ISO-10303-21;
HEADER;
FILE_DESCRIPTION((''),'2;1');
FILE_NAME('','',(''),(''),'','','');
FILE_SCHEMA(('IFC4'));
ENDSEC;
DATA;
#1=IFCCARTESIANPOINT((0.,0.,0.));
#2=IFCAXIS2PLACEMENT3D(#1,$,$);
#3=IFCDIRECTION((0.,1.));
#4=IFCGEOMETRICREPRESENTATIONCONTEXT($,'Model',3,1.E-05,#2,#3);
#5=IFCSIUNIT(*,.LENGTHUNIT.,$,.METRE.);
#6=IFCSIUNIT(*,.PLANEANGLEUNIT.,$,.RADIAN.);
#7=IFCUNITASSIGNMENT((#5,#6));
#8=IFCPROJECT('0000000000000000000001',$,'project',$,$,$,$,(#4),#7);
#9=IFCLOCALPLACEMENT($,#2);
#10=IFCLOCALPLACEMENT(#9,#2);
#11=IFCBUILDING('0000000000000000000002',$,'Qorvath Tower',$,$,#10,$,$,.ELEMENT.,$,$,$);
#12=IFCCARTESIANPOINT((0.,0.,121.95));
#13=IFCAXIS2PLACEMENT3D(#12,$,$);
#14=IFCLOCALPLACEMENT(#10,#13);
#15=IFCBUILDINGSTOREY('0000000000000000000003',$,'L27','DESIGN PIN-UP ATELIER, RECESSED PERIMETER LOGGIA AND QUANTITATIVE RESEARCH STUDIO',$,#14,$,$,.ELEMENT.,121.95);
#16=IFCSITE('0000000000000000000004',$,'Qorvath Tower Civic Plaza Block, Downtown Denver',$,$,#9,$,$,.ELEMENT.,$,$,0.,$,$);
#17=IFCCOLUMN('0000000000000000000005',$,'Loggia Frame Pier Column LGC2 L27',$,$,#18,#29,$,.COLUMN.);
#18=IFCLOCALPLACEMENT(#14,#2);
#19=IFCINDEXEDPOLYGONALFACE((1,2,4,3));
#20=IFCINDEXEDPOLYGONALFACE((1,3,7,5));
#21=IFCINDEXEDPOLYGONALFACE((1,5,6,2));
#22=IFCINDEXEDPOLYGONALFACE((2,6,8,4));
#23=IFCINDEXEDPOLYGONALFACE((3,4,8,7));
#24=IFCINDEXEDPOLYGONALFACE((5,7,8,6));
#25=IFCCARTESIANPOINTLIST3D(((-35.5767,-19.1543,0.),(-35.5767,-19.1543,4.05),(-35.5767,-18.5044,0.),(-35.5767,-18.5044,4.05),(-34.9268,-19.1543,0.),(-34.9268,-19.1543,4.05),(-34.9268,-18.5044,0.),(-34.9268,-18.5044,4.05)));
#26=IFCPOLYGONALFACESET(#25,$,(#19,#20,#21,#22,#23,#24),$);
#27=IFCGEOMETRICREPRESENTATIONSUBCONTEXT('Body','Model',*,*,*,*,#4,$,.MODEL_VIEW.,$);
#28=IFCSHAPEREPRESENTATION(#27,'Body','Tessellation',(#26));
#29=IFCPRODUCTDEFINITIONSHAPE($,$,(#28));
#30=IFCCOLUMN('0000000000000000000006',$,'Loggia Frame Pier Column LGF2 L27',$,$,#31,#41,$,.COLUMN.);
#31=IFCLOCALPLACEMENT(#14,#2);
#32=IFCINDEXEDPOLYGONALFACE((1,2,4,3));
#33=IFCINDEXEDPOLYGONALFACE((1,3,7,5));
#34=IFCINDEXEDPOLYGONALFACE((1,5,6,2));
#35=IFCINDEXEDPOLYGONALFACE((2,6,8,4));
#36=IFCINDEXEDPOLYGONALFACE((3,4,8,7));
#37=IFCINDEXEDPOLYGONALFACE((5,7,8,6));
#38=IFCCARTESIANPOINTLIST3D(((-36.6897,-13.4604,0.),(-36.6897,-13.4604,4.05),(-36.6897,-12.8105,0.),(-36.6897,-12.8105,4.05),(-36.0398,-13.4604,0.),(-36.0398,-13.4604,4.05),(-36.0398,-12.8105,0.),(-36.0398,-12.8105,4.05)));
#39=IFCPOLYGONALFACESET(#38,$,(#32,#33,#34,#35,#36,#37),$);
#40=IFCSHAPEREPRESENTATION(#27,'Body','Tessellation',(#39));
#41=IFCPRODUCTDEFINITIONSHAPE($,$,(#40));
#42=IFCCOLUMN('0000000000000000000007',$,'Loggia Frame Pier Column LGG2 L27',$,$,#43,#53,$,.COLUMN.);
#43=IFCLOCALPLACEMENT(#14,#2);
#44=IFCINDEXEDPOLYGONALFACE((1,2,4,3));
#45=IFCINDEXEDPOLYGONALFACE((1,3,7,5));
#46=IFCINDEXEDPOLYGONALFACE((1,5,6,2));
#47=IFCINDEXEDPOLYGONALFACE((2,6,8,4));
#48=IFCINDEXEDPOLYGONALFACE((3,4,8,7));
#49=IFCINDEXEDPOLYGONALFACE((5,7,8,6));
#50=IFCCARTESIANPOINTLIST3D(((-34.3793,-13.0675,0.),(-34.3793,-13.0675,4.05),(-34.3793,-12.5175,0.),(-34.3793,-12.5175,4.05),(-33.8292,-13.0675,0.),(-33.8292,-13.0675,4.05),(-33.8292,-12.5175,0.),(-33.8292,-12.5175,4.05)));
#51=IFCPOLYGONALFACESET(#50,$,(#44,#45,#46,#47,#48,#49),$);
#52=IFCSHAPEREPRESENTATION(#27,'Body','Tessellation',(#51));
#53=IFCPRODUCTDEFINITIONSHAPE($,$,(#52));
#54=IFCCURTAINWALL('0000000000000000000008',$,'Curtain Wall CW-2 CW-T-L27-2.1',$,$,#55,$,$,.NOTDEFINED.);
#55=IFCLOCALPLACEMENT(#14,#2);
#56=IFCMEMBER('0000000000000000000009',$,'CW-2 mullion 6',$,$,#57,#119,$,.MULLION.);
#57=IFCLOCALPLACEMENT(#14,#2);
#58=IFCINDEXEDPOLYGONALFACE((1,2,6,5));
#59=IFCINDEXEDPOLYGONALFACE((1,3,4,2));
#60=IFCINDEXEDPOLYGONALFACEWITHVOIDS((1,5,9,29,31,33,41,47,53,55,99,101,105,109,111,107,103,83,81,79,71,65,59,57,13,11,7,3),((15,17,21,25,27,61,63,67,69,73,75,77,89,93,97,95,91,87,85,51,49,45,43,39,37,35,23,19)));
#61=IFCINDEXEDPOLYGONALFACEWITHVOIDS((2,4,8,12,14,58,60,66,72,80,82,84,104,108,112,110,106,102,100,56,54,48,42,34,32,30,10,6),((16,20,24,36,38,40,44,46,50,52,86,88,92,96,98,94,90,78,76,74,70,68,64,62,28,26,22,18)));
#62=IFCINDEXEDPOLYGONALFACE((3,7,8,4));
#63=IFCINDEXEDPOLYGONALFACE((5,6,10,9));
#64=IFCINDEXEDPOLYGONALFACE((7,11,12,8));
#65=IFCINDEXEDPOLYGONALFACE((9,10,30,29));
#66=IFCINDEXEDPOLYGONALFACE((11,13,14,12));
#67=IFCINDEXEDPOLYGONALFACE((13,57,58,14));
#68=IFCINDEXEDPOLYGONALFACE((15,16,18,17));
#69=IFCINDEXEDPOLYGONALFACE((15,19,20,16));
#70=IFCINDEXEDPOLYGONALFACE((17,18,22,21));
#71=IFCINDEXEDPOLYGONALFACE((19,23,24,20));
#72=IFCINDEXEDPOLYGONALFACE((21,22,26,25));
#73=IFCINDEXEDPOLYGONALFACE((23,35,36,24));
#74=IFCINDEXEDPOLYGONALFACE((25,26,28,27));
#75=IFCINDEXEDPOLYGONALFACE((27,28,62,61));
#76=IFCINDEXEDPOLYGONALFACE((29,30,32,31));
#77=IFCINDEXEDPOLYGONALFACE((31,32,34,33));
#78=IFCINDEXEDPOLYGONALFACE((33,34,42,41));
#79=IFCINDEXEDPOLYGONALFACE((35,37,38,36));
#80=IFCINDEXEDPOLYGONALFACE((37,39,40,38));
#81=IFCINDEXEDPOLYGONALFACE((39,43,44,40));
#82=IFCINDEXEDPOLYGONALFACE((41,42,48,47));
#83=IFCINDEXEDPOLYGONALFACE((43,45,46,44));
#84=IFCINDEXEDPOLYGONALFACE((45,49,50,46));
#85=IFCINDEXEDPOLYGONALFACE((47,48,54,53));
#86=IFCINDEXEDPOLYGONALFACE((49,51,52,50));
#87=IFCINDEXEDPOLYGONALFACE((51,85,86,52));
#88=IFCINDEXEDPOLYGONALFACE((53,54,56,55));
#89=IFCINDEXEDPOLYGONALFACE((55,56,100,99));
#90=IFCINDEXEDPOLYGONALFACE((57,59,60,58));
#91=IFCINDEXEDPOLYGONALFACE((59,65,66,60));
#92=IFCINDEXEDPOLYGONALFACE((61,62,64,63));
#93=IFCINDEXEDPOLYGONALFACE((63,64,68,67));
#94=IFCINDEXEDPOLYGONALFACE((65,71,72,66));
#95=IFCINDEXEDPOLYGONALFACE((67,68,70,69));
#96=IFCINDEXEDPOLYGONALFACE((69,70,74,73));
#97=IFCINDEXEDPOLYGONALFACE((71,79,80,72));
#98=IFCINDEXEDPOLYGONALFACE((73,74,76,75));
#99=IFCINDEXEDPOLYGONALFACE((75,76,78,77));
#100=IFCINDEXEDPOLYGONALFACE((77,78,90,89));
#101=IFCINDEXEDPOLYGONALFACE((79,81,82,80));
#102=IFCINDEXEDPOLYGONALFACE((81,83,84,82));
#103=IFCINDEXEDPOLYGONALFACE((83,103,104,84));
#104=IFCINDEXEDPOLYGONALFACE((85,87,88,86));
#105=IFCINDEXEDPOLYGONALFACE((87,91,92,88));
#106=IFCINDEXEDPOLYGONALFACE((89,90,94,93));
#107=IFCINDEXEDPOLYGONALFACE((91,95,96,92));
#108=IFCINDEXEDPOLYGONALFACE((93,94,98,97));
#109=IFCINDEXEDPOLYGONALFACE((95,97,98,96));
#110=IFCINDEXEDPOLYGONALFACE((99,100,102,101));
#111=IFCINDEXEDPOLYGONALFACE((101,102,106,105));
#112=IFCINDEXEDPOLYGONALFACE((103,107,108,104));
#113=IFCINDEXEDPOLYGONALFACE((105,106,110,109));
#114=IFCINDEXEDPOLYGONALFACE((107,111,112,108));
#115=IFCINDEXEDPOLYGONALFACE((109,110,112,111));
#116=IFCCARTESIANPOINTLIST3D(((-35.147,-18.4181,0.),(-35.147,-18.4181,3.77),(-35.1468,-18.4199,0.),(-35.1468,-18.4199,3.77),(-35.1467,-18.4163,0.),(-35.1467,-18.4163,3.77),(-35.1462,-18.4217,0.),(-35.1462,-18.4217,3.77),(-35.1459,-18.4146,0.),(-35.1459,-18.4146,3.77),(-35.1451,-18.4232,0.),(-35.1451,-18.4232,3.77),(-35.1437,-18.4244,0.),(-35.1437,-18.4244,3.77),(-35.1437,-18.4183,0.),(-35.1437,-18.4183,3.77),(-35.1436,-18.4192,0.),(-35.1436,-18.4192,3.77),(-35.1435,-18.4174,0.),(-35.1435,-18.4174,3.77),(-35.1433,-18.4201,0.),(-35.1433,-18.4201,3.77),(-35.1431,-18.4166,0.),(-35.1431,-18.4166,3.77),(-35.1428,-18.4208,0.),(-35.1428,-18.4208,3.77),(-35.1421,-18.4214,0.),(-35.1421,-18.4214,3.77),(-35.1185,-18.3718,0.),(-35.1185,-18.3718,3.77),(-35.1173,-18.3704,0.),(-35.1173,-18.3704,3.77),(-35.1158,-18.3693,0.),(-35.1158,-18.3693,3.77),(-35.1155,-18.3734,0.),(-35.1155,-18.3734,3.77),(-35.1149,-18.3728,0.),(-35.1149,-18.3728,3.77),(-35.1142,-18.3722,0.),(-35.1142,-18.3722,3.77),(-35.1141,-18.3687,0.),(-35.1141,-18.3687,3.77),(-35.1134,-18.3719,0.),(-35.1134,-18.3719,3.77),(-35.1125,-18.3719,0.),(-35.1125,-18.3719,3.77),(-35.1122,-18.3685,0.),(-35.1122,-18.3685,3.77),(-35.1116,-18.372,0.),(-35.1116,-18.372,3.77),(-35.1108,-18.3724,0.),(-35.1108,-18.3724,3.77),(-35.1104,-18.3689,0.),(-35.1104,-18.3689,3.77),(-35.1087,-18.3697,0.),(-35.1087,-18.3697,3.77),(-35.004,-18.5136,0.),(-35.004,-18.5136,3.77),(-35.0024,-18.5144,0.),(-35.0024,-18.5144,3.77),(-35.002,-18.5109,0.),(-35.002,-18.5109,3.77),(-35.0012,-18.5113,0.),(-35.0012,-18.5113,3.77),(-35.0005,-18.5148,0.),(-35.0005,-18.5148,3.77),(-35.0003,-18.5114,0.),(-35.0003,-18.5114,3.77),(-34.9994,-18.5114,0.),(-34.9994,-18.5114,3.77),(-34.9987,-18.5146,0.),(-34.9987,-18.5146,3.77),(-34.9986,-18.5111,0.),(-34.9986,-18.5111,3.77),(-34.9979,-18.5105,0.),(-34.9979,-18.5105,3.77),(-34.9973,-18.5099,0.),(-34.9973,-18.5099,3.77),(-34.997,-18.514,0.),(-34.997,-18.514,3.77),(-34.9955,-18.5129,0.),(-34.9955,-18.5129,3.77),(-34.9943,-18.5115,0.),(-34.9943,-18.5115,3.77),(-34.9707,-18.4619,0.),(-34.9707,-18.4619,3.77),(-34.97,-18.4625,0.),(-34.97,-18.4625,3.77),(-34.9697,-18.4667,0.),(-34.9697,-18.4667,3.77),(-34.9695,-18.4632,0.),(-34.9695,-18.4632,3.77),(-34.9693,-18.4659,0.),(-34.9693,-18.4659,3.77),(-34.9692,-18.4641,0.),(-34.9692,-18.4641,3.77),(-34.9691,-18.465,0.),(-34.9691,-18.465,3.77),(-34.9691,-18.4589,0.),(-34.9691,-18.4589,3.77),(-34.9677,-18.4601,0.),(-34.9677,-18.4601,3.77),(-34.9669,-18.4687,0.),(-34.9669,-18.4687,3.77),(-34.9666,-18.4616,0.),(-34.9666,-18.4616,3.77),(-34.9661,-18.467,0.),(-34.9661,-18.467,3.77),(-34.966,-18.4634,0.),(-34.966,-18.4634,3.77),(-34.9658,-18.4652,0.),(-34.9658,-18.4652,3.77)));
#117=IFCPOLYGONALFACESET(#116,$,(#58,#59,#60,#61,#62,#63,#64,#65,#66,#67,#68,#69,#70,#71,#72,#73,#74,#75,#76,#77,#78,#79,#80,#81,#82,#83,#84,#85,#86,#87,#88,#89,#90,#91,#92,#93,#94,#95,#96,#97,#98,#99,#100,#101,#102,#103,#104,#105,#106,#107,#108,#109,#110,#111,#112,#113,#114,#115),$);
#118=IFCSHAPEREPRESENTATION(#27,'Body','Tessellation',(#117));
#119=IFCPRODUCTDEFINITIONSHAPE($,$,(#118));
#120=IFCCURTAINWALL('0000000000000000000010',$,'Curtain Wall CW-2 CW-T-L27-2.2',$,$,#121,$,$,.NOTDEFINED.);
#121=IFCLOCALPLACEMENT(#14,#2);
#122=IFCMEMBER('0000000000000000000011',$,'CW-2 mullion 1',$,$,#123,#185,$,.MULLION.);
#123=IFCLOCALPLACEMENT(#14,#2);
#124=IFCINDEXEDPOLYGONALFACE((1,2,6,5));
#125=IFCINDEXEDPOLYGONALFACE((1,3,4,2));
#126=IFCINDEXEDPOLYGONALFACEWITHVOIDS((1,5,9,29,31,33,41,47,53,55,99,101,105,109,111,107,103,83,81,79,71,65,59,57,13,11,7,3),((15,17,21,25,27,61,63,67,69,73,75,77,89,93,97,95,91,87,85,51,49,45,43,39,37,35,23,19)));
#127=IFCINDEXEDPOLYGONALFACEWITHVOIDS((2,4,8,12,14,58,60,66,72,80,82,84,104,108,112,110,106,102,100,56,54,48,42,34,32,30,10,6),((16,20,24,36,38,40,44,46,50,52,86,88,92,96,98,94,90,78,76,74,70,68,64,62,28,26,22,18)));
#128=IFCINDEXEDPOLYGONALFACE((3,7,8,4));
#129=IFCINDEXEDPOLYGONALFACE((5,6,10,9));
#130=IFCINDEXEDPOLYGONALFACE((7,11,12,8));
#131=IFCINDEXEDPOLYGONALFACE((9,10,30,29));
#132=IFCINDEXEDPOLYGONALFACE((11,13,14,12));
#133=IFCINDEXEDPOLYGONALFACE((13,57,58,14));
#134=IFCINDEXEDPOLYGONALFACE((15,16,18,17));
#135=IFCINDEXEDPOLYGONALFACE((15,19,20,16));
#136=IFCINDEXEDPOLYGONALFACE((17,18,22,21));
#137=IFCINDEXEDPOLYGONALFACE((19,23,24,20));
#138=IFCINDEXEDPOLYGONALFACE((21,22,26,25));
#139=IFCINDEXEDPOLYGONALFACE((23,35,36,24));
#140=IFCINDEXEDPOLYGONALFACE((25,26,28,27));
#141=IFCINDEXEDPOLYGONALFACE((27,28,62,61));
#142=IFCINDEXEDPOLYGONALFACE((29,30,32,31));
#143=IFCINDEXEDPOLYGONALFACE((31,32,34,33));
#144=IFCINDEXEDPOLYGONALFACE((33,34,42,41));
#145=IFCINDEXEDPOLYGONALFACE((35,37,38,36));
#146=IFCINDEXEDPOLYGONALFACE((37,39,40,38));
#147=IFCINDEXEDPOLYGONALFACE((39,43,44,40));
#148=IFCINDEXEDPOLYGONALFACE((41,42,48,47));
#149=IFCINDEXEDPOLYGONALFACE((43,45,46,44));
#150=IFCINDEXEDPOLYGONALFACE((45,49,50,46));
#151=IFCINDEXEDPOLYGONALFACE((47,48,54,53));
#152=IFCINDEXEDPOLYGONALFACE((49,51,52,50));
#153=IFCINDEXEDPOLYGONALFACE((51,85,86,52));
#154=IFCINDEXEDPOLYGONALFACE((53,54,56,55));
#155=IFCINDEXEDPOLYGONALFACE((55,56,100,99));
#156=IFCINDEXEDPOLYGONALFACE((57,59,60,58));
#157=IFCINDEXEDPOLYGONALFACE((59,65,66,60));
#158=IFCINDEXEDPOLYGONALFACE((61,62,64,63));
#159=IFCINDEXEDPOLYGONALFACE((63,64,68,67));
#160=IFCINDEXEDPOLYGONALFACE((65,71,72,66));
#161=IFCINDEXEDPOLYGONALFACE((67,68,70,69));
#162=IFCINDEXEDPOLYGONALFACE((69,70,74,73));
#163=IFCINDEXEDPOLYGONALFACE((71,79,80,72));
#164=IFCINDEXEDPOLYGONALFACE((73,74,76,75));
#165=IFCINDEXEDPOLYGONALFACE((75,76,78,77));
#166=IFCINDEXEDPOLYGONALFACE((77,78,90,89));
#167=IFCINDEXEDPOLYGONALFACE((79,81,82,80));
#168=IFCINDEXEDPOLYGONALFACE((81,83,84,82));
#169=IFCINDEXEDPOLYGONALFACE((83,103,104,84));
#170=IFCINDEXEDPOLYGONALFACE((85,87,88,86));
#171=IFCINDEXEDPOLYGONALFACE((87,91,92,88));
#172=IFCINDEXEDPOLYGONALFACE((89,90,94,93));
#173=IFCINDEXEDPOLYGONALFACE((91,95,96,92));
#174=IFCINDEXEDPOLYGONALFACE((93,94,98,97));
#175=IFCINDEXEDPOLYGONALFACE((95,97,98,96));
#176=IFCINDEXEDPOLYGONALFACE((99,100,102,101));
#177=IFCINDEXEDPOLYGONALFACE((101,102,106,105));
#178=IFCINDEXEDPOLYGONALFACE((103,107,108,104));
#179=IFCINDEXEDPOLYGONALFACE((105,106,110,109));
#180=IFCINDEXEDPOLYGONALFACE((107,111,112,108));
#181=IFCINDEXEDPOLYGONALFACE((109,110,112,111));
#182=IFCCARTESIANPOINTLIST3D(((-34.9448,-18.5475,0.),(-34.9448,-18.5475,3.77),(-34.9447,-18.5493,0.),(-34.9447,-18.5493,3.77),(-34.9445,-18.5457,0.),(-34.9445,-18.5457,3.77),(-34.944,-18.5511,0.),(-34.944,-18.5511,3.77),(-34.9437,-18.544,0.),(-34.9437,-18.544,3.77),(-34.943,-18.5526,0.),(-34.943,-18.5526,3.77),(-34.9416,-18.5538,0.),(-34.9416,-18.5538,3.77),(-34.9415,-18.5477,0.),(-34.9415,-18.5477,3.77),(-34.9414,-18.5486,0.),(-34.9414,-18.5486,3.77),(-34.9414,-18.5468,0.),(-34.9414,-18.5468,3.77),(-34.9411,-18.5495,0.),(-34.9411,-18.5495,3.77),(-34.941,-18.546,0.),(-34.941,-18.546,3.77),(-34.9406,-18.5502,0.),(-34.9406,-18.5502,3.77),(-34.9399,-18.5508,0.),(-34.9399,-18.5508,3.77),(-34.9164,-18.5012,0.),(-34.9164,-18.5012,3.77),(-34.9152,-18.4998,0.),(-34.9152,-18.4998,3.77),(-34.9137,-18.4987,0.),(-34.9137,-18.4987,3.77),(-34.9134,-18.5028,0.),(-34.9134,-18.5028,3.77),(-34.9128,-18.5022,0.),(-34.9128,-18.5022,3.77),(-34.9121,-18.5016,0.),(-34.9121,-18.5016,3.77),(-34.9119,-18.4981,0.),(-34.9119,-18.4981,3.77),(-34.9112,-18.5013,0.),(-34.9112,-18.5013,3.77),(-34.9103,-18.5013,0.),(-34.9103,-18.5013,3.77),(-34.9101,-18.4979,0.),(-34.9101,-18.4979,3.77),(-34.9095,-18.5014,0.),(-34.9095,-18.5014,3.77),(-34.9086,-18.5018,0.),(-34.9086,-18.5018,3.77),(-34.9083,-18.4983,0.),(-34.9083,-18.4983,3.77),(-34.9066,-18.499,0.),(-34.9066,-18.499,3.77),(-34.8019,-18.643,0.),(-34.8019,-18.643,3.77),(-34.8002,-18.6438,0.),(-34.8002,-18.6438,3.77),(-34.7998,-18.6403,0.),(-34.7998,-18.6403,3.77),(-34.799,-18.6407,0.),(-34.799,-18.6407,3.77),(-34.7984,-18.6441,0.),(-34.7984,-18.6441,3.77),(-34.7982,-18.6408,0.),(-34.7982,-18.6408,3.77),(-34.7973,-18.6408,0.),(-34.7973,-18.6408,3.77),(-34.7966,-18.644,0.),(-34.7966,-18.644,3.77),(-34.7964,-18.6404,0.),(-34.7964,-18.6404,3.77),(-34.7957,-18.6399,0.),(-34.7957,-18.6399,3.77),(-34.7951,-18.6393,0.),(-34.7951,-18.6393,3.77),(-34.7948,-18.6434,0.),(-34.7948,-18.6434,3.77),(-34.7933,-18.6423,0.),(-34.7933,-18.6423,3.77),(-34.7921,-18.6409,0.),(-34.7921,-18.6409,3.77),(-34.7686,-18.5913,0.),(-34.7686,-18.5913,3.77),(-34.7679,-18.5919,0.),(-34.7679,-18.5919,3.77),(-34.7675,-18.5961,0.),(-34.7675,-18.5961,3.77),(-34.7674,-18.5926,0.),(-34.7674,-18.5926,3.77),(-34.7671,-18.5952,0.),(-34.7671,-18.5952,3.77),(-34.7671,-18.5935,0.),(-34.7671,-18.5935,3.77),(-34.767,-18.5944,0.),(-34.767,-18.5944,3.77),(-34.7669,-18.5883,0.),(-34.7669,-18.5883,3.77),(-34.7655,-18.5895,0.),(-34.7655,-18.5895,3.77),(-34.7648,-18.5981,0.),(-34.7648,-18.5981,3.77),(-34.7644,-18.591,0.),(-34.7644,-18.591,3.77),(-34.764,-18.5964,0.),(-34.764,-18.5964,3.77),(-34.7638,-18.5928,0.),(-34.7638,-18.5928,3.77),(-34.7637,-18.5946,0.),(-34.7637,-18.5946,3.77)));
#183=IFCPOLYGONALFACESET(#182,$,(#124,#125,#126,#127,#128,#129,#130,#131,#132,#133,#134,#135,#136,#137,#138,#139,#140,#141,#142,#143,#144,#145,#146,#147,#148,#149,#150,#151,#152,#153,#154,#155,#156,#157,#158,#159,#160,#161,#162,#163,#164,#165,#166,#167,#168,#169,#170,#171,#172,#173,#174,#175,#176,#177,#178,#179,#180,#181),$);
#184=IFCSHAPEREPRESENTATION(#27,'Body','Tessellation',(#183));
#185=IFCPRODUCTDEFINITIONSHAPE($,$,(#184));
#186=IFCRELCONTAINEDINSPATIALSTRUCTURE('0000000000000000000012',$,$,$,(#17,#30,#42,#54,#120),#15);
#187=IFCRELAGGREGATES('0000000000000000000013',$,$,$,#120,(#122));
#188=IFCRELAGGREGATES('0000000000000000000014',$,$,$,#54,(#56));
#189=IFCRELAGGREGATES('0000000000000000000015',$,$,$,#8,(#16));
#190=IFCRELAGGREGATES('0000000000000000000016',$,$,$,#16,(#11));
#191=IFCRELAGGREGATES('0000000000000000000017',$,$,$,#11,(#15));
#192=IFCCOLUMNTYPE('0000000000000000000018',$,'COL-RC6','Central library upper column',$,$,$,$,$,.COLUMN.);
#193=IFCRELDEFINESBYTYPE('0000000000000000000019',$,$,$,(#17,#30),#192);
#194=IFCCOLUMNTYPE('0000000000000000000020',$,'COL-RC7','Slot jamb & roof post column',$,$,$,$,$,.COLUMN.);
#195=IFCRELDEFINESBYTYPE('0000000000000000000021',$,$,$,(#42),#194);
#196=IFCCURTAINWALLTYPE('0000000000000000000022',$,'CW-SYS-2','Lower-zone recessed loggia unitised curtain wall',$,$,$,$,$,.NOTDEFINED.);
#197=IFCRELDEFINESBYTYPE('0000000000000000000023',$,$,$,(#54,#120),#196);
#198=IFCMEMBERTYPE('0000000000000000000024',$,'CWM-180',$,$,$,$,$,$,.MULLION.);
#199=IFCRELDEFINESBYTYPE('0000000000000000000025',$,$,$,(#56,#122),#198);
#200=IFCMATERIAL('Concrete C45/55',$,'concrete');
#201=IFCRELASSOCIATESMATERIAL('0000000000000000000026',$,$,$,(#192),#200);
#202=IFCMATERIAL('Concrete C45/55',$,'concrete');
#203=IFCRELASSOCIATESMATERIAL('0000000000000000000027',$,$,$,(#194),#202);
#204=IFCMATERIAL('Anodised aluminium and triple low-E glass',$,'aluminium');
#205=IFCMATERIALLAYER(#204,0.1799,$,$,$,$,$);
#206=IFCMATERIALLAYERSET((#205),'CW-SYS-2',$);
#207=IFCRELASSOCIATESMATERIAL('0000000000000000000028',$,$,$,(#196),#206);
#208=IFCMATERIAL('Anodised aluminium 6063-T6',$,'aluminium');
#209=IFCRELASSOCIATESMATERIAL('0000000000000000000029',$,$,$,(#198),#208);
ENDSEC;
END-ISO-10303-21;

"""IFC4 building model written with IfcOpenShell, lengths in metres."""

from ifc_helpers import new_model, si_unit, direction, frame, origin, origin_2d, place, context, subcontext, project, spatial, rectangle, hollow_rectangle, extrude, material, layer, layer_set, material_profile, profile_set, type_object, element, aggregate, save


model = new_model("IFC4")

# Units and contexts
model_context = context("Model", 3, precision=1e-05, world=origin(), true_north=direction((0.0, 1.0)))
body_context = subcontext(model_context, "Body", "Model", "MODEL_VIEW")
ifc_project = project(units=[si_unit("LENGTHUNIT", "METRE"), si_unit("PLANEANGLEUNIT", "RADIAN")], contexts=[model_context])

# Site, building, storey
site_placement = place(None, origin())
site = spatial("IfcSite", under=ifc_project, at=site_placement, Name="Qorvath Tower Civic Plaza Block, Downtown Denver", CompositionType="ELEMENT", RefElevation=0.0)
building_placement = place(site_placement, origin())
building = spatial("IfcBuilding", under=site, at=building_placement, Name="Qorvath Tower", CompositionType="ELEMENT")
storey_placement = place(building_placement, frame((0.0, 0.0, 121.95)))
storey = spatial("IfcBuildingStorey", under=building, at=storey_placement, Name="L27", Description="DESIGN PIN-UP ATELIER, RECESSED PERIMETER LOGGIA AND QUANTITATIVE RESEARCH STUDIO", CompositionType="ELEMENT", Elevation=121.95)

# Columns
ifc_material_1 = material(Name="Concrete C45/55", Category="concrete")
ifc_material_profile_1 = material_profile(ifc_material_1, rectangle(XDim=0.6499, YDim=0.6499, at=origin_2d()), Name="RC 650x650")
ifc_profile_set_1 = profile_set([ifc_material_profile_1], Name="Concrete C45/55")
column_type_1 = type_object("IfcColumnType", Name="COL-RC6", Description="Central library upper column", PredefinedType="COLUMN", material=ifc_profile_set_1)
for number, where, z_axis, x_axis, name in (
    (1, (-35.2517, -18.8293, 0.0), (0.0, 0.0, 1.0), (1.0, 0.0, 0.0), "Loggia Frame Pier Column LGC2 L27"),
    (2, (-36.3647, -13.1355, 0.0), (0.0, 0.0, 1.0), (1.0, 0.0, 0.0), "Loggia Frame Pier Column LGF2 L27"),
):
    element("IfcColumn", number, at=place(storey_placement, frame(where, z_axis=z_axis, x_axis=x_axis)), inside=storey, type_object=column_type_1, Name=name, PredefinedType="COLUMN", context=body_context, shape_type="SweptSolid", body=[
        extrude(rectangle(XDim=0.6499, YDim=0.6499, at=origin_2d()), origin(), (0.0, 0.0, 1.0), 4.05),
    ])
ifc_material_2 = material(Name="Concrete C45/55", Category="concrete")
ifc_material_profile_2 = material_profile(ifc_material_2, rectangle(XDim=0.55, YDim=0.55, at=origin_2d()), Name="RC 550x550")
ifc_profile_set_2 = profile_set([ifc_material_profile_2], Name="Concrete C45/55")
column_type_2 = type_object("IfcColumnType", Name="COL-RC7", Description="Slot jamb & roof post column", PredefinedType="COLUMN", material=ifc_profile_set_2)
column_placement = place(storey_placement, frame((-34.1042, -12.7925, 0.0), z_axis=(0.0, 0.0, 1.0), x_axis=(1.0, 0.0, 0.0)))
element("IfcColumn", 3, at=column_placement, inside=storey, type_object=column_type_2, Name="Loggia Frame Pier Column LGG2 L27", PredefinedType="COLUMN", context=body_context, shape_type="SweptSolid", body=[
    extrude(rectangle(XDim=0.55, YDim=0.55, at=origin_2d()), origin(), (0.0, 0.0, 1.0), 4.05),
])

# Curtain walls, members
ifc_material_3 = material(Name="Anodised aluminium and triple low-E glass", Category="aluminium")
ifc_layer_1 = layer(ifc_material_3, 0.1799)
ifc_layer_set_1 = layer_set([ifc_layer_1], Name="CW-SYS-2")
curtain_wall_type = type_object("IfcCurtainWallType", Name="CW-SYS-2", Description="Lower-zone recessed loggia unitised curtain wall", PredefinedType="NOTDEFINED", material=ifc_layer_set_1)
curtain_wall_1_placement = place(storey_placement, origin())
curtain_wall_1 = element("IfcCurtainWall", 4, at=curtain_wall_1_placement, inside=storey, type_object=curtain_wall_type, Name="Curtain Wall CW-2 CW-T-L27-2.1", PredefinedType="NOTDEFINED")
ifc_material_4 = material(Name="Anodised aluminium 6063-T6", Category="aluminium")
ifc_material_profile_3 = material_profile(ifc_material_4, hollow_rectangle(XDim=0.0649, YDim=0.1799, WallThickness=0.0034, InnerFilletRadius=0.0034, OuterFilletRadius=0.0071, at=origin_2d()), Name="CWM 180x65")
ifc_profile_set_3 = profile_set([ifc_material_profile_3], Name="Anodised aluminium 6063-T6")
member_type_1 = type_object("IfcMemberType", Name="CWM-180", PredefinedType="MULLION", material=ifc_profile_set_3)
member_1_placement = place(storey_placement, frame((-35.0564, -18.4417, 0.0), z_axis=(0.0, 0.0, 1.0), x_axis=(0.538534, 0.842604, 0.0)))
member_1 = element("IfcMember", 5, at=member_1_placement, type_object=member_type_1, Name="CW-2 mullion 6", PredefinedType="MULLION", context=body_context, shape_type="SweptSolid", body=[
    extrude(hollow_rectangle(XDim=0.0649, YDim=0.1799, WallThickness=0.0034, InnerFilletRadius=0.0034, OuterFilletRadius=0.0071, at=origin_2d()), origin(), (0.0, 0.0, 1.0), 3.77),
])
curtain_wall_2_placement = place(storey_placement, origin())
curtain_wall_2 = element("IfcCurtainWall", 6, at=curtain_wall_2_placement, inside=storey, type_object=curtain_wall_type, Name="Curtain Wall CW-2 CW-T-L27-2.2", PredefinedType="NOTDEFINED")
member_2_placement = place(storey_placement, frame((-34.8542, -18.571, 0.0), z_axis=(0.0, 0.0, 1.0), x_axis=(0.538536, 0.842602, 0.0)))
member_2 = element("IfcMember", 7, at=member_2_placement, type_object=member_type_1, Name="CW-2 mullion 1", PredefinedType="MULLION", context=body_context, shape_type="SweptSolid", body=[
    extrude(hollow_rectangle(XDim=0.0649, YDim=0.1799, WallThickness=0.0034, InnerFilletRadius=0.0034, OuterFilletRadius=0.0071, at=origin_2d()), origin(), (0.0, 0.0, 1.0), 3.77),
])

aggregate(curtain_wall_2, [member_2])

aggregate(curtain_wall_1, [member_1])

save(model, "model.ifc")
